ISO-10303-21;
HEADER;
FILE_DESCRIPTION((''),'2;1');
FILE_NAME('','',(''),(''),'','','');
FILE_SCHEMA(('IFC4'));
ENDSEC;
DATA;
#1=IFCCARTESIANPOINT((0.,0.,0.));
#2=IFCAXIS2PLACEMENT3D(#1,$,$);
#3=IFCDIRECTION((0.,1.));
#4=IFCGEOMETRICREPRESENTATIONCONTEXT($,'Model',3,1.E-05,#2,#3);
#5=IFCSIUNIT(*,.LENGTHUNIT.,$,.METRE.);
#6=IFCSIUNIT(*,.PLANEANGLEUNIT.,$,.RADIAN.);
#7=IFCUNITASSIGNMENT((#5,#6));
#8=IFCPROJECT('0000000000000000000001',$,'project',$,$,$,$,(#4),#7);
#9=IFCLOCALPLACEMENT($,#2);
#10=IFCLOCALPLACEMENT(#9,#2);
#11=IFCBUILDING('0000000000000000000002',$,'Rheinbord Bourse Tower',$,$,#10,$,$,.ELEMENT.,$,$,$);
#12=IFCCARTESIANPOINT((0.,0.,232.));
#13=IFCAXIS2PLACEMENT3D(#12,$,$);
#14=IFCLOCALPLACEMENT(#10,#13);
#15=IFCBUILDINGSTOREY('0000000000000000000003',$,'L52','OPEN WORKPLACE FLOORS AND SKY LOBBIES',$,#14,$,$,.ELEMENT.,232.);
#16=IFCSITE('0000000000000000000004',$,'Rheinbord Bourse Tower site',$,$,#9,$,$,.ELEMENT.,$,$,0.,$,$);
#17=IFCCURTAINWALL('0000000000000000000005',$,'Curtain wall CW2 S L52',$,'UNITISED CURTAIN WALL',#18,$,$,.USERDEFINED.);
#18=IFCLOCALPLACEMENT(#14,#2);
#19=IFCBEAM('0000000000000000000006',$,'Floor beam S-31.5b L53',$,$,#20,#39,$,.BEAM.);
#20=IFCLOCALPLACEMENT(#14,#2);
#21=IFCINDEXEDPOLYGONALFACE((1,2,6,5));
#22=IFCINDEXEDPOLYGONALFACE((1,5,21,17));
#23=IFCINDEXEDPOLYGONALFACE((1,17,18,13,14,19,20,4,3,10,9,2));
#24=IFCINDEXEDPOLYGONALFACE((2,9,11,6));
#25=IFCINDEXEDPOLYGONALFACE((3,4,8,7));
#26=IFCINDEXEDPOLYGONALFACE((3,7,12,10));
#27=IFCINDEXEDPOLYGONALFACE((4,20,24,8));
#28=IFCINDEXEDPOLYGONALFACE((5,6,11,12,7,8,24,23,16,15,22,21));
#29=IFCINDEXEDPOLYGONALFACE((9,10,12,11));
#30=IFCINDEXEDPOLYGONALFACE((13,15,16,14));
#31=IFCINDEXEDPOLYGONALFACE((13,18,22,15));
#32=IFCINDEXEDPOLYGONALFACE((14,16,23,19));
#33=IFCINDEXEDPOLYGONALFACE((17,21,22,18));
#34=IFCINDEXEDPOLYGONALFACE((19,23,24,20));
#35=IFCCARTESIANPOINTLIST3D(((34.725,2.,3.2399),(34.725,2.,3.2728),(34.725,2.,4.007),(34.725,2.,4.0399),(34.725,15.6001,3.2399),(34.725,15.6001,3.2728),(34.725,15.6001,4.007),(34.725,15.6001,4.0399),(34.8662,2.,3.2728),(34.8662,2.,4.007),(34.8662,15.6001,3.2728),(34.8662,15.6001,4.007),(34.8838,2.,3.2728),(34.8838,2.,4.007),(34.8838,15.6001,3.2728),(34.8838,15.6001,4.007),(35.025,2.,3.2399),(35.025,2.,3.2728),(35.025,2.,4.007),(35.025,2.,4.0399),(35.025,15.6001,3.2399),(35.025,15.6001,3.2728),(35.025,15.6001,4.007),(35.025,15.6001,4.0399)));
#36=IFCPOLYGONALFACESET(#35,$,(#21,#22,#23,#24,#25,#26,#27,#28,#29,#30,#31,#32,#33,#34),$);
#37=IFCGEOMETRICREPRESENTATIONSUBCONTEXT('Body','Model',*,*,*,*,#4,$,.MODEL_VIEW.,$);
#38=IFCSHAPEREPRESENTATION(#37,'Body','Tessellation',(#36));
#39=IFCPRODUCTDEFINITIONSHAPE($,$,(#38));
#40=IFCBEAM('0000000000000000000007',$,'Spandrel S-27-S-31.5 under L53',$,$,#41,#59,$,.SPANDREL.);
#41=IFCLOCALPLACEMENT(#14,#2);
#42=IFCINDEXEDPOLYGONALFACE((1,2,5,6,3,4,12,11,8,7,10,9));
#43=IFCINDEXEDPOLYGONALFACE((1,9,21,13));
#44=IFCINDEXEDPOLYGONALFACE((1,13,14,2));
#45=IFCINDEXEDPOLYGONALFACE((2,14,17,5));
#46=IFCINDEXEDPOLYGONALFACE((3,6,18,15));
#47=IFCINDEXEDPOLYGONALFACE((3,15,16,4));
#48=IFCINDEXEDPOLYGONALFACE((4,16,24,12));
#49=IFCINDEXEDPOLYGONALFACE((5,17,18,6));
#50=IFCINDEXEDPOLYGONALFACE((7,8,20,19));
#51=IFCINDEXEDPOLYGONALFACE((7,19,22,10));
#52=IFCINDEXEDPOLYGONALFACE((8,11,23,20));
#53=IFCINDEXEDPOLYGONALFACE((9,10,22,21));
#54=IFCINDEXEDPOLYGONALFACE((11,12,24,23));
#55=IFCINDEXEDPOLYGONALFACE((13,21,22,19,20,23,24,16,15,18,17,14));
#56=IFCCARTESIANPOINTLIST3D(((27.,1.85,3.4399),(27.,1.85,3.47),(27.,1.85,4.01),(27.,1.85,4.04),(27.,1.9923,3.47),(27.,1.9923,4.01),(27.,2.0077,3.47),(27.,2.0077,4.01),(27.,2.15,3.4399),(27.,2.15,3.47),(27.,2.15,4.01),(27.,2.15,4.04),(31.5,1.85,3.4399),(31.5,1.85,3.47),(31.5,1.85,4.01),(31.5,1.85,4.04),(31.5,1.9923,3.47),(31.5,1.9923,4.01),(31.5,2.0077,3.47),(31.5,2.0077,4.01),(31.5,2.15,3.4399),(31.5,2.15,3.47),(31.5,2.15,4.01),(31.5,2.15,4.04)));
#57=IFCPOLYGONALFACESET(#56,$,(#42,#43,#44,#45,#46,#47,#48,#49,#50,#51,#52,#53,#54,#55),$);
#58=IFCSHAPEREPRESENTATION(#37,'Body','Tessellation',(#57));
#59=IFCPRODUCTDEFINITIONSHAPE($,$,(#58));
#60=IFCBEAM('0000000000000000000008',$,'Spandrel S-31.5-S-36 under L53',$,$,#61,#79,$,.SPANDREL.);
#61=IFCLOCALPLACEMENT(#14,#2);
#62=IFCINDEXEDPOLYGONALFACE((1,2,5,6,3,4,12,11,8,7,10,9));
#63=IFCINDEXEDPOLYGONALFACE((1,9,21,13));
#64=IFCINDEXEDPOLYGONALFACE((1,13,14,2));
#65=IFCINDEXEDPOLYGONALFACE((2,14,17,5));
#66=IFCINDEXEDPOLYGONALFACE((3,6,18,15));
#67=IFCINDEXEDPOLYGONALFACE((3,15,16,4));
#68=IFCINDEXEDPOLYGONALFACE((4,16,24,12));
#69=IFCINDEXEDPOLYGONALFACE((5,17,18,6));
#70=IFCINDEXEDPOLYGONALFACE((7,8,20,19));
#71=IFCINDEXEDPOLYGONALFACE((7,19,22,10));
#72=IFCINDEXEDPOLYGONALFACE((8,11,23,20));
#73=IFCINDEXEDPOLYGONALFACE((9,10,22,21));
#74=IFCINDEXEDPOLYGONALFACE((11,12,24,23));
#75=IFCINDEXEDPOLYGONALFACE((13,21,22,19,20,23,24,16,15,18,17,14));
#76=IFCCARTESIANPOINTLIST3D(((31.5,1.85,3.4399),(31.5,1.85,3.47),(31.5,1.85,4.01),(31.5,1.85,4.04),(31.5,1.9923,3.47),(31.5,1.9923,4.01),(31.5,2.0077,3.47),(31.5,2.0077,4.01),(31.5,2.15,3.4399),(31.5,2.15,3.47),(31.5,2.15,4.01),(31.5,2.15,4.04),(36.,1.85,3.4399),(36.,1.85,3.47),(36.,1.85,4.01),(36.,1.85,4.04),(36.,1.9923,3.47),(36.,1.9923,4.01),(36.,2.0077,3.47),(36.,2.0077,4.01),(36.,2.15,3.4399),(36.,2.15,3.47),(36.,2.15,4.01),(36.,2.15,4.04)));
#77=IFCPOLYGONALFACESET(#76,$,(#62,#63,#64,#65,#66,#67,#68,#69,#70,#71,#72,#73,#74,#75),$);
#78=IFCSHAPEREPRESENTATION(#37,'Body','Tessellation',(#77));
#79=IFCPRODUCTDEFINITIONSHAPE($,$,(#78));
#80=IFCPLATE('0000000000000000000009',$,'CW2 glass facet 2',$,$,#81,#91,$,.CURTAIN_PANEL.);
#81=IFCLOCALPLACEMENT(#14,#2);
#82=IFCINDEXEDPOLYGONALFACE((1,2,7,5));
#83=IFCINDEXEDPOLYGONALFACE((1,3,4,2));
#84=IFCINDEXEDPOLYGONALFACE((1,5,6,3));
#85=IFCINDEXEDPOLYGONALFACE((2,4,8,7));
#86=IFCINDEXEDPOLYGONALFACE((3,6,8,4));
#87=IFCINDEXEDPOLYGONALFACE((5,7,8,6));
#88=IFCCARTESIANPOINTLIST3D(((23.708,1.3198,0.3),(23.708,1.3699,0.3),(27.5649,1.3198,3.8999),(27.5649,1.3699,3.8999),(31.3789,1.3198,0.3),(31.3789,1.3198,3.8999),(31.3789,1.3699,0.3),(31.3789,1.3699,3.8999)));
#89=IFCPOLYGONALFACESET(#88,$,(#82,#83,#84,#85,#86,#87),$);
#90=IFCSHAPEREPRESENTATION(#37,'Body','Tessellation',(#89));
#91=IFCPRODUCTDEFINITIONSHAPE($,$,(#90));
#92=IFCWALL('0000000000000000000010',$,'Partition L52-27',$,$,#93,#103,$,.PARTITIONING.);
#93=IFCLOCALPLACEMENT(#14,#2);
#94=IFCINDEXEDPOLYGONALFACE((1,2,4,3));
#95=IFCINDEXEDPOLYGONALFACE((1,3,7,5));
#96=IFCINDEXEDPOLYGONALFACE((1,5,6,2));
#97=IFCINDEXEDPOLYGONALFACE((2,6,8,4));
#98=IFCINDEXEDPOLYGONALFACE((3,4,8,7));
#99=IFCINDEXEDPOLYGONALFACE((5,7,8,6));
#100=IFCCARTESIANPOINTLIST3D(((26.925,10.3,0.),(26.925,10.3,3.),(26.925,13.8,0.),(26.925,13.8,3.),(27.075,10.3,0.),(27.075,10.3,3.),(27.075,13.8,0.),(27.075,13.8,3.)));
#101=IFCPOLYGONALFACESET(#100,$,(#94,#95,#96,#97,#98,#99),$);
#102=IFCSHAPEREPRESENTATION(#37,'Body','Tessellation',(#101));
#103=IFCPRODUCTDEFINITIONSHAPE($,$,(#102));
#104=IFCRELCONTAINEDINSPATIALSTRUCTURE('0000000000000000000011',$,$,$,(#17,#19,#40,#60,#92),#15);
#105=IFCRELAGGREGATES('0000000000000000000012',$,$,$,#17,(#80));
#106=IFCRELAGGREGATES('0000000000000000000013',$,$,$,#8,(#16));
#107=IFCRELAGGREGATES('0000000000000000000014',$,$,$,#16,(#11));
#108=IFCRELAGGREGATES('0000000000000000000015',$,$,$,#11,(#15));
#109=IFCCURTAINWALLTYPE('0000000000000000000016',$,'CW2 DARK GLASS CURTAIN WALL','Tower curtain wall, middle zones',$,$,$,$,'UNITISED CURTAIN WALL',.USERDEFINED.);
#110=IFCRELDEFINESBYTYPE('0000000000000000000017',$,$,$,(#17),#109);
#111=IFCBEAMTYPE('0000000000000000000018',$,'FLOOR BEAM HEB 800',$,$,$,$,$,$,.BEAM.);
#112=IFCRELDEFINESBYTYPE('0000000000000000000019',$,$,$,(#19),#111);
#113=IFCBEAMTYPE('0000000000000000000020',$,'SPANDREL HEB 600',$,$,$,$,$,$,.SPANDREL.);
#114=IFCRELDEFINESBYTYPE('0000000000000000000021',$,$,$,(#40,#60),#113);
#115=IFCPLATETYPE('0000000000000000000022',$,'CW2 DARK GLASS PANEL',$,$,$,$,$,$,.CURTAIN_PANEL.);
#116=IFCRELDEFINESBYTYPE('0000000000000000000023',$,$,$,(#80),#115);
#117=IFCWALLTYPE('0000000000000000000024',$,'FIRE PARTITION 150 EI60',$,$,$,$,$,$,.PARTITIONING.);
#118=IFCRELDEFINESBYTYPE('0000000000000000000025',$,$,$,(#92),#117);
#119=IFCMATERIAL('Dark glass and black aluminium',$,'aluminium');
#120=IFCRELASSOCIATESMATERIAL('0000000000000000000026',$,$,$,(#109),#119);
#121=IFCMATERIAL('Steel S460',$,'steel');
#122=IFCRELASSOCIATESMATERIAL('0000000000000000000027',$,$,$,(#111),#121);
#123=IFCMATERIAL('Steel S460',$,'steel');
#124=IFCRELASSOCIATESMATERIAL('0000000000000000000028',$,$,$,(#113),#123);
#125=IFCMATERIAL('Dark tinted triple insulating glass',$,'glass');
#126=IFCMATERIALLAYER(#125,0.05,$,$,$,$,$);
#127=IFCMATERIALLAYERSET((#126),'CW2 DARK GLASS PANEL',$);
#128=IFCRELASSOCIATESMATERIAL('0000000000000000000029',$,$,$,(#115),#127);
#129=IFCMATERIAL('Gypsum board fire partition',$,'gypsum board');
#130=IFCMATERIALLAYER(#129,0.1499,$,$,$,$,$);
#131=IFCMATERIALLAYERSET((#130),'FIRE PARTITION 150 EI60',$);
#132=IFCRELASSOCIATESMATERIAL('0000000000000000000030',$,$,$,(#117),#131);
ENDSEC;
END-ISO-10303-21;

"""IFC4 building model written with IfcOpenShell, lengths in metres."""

from ifc_helpers import new_model, si_unit, direction, frame, frame_2d, origin, origin_2d, place, context, subcontext, project, spatial, polyline, rectangle, i_section, outline, extrude, material, layer, layer_set, material_profile, profile_set, type_object, element, aggregate, save


model = new_model("IFC4")

# Units and contexts
model_context = context("Model", 3, precision=1e-05, world=origin(), true_north=direction((0.0, 1.0)))
body_context = subcontext(model_context, "Body", "Model", "MODEL_VIEW")
ifc_project = project(units=[si_unit("LENGTHUNIT", "METRE"), si_unit("PLANEANGLEUNIT", "RADIAN")], contexts=[model_context])

# Site, building, storey
site_placement = place(None, origin())
site = spatial("IfcSite", under=ifc_project, at=site_placement, Name="Rheinbord Bourse Tower site", CompositionType="ELEMENT", RefElevation=0.0)
building_placement = place(site_placement, origin())
building = spatial("IfcBuilding", under=site, at=building_placement, Name="Rheinbord Bourse Tower", CompositionType="ELEMENT")
storey_placement = place(building_placement, frame((0.0, 0.0, 232.0)))
storey = spatial("IfcBuildingStorey", under=building, at=storey_placement, Name="L52", Description="OPEN WORKPLACE FLOORS AND SKY LOBBIES", CompositionType="ELEMENT", Elevation=232.0)

# Curtain wall
ifc_material_1 = material(Name="Dark glass and black aluminium", Category="aluminium")
curtain_wall_type = type_object("IfcCurtainWallType", Name="CW2 DARK GLASS CURTAIN WALL", Description="Tower curtain wall, middle zones", ElementType="UNITISED CURTAIN WALL", PredefinedType="USERDEFINED", material=ifc_material_1)
curtain_wall_placement = place(storey_placement, origin())
curtain_wall = element("IfcCurtainWall", 1, at=curtain_wall_placement, inside=storey, type_object=curtain_wall_type, Name="Curtain wall CW2 S L52", ObjectType="UNITISED CURTAIN WALL", PredefinedType="USERDEFINED")

# Beams
ifc_material_2 = material(Name="Steel S460", Category="steel")
ifc_material_profile_1 = material_profile(ifc_material_2, i_section(OverallWidth=0.3, OverallDepth=0.8, WebThickness=0.0176, FlangeThickness=0.033, at=origin_2d()), Name="HEB 800")
ifc_profile_set_1 = profile_set([ifc_material_profile_1], Name="Steel S460")
beam_type_1 = type_object("IfcBeamType", Name="FLOOR BEAM HEB 800", PredefinedType="BEAM", material=ifc_profile_set_1)
for number, where, z_axis, x_axis, name in (
    (2, (34.875, 2.0, 3.6399), (0.0, 1.0, 0.0), (-1.0, 0.0, 0.0), "Floor beam S-31.5b L53"),
):
    element("IfcBeam", number, at=place(storey_placement, frame(where, z_axis=z_axis, x_axis=x_axis)), inside=storey, type_object=beam_type_1, Name=name, PredefinedType="BEAM", context=body_context, shape_type="SweptSolid", body=[
        extrude(i_section(OverallWidth=0.3, OverallDepth=0.8, WebThickness=0.0176, FlangeThickness=0.033, at=origin_2d()), origin(), (0.0, 0.0, 1.0), 13.6001),
    ])
ifc_material_3 = material(Name="Steel S460", Category="steel")
ifc_material_profile_2 = material_profile(ifc_material_3, i_section(OverallWidth=0.3, OverallDepth=0.6001, WebThickness=0.0154, FlangeThickness=0.03, at=origin_2d()), Name="HEB 600")
ifc_profile_set_2 = profile_set([ifc_material_profile_2], Name="Steel S460")
beam_type_2 = type_object("IfcBeamType", Name="SPANDREL HEB 600", PredefinedType="SPANDREL", material=ifc_profile_set_2)
for number, where, z_axis, x_axis, name in (
    (3, (27.0, 2.0, 3.74), (1.0, 0.0, 0.0), (0.0, 1.0, 0.0), "Spandrel S-27-S-31.5 under L53"),
    (4, (31.5, 2.0, 3.74), (1.0, 0.0, 0.0), (0.0, 1.0, 0.0), "Spandrel S-31.5-S-36 under L53"),
):
    element("IfcBeam", number, at=place(storey_placement, frame(where, z_axis=z_axis, x_axis=x_axis)), inside=storey, type_object=beam_type_2, Name=name, PredefinedType="SPANDREL", context=body_context, shape_type="SweptSolid", body=[
        extrude(i_section(OverallWidth=0.3, OverallDepth=0.6001, WebThickness=0.0154, FlangeThickness=0.03, at=origin_2d()), origin(), (0.0, 0.0, 1.0), 4.5),
    ])

# Plate
ifc_material_4 = material(Name="Dark tinted triple insulating glass", Category="glass")
ifc_layer_1 = layer(ifc_material_4, 0.05)
ifc_layer_set_1 = layer_set([ifc_layer_1], Name="CW2 DARK GLASS PANEL")
plate_type = type_object("IfcPlateType", Name="CW2 DARK GLASS PANEL", PredefinedType="CURTAIN_PANEL", material=ifc_layer_set_1)
plate_placement = place(storey_placement, frame((31.3789, 1.3198, 3.8999), z_axis=(0.0, 1.0, 0.0), x_axis=(0.0, 0.0, -1.0)))
plate = element("IfcPlate", 5, at=plate_placement, type_object=plate_type, Name="CW2 glass facet 2", PredefinedType="CURTAIN_PANEL", context=body_context, shape_type="SweptSolid", body=[
    extrude(outline(polyline([(0.0, 0.0), (3.5999, 0.0), (3.5999, 7.6709), (0.0, 3.814), (0.0, 0.0)])), origin(), (0.0, 0.0, 1.0), 0.05),
])
aggregate(curtain_wall, [plate])

# Wall
ifc_material_5 = material(Name="Gypsum board fire partition", Category="gypsum board")
ifc_layer_2 = layer(ifc_material_5, 0.1499)
ifc_layer_set_2 = layer_set([ifc_layer_2], Name="FIRE PARTITION 150 EI60")
wall_type = type_object("IfcWallType", Name="FIRE PARTITION 150 EI60", PredefinedType="PARTITIONING", material=ifc_layer_set_2)
wall_placement = place(storey_placement, frame((27.0, 10.3, 0.0), z_axis=(0.0, 0.0, 1.0), x_axis=(0.0, 1.0, 0.0)))
element("IfcWall", 6, at=wall_placement, inside=storey, type_object=wall_type, Name="Partition L52-27", PredefinedType="PARTITIONING", context=body_context, shape_type="SweptSolid", body=[
    extrude(rectangle(XDim=3.5, YDim=0.1499, at=frame_2d((1.75, 0.0))), origin(), (0.0, 0.0, 1.0), 3.0),
])

save(model, "model.ifc")
